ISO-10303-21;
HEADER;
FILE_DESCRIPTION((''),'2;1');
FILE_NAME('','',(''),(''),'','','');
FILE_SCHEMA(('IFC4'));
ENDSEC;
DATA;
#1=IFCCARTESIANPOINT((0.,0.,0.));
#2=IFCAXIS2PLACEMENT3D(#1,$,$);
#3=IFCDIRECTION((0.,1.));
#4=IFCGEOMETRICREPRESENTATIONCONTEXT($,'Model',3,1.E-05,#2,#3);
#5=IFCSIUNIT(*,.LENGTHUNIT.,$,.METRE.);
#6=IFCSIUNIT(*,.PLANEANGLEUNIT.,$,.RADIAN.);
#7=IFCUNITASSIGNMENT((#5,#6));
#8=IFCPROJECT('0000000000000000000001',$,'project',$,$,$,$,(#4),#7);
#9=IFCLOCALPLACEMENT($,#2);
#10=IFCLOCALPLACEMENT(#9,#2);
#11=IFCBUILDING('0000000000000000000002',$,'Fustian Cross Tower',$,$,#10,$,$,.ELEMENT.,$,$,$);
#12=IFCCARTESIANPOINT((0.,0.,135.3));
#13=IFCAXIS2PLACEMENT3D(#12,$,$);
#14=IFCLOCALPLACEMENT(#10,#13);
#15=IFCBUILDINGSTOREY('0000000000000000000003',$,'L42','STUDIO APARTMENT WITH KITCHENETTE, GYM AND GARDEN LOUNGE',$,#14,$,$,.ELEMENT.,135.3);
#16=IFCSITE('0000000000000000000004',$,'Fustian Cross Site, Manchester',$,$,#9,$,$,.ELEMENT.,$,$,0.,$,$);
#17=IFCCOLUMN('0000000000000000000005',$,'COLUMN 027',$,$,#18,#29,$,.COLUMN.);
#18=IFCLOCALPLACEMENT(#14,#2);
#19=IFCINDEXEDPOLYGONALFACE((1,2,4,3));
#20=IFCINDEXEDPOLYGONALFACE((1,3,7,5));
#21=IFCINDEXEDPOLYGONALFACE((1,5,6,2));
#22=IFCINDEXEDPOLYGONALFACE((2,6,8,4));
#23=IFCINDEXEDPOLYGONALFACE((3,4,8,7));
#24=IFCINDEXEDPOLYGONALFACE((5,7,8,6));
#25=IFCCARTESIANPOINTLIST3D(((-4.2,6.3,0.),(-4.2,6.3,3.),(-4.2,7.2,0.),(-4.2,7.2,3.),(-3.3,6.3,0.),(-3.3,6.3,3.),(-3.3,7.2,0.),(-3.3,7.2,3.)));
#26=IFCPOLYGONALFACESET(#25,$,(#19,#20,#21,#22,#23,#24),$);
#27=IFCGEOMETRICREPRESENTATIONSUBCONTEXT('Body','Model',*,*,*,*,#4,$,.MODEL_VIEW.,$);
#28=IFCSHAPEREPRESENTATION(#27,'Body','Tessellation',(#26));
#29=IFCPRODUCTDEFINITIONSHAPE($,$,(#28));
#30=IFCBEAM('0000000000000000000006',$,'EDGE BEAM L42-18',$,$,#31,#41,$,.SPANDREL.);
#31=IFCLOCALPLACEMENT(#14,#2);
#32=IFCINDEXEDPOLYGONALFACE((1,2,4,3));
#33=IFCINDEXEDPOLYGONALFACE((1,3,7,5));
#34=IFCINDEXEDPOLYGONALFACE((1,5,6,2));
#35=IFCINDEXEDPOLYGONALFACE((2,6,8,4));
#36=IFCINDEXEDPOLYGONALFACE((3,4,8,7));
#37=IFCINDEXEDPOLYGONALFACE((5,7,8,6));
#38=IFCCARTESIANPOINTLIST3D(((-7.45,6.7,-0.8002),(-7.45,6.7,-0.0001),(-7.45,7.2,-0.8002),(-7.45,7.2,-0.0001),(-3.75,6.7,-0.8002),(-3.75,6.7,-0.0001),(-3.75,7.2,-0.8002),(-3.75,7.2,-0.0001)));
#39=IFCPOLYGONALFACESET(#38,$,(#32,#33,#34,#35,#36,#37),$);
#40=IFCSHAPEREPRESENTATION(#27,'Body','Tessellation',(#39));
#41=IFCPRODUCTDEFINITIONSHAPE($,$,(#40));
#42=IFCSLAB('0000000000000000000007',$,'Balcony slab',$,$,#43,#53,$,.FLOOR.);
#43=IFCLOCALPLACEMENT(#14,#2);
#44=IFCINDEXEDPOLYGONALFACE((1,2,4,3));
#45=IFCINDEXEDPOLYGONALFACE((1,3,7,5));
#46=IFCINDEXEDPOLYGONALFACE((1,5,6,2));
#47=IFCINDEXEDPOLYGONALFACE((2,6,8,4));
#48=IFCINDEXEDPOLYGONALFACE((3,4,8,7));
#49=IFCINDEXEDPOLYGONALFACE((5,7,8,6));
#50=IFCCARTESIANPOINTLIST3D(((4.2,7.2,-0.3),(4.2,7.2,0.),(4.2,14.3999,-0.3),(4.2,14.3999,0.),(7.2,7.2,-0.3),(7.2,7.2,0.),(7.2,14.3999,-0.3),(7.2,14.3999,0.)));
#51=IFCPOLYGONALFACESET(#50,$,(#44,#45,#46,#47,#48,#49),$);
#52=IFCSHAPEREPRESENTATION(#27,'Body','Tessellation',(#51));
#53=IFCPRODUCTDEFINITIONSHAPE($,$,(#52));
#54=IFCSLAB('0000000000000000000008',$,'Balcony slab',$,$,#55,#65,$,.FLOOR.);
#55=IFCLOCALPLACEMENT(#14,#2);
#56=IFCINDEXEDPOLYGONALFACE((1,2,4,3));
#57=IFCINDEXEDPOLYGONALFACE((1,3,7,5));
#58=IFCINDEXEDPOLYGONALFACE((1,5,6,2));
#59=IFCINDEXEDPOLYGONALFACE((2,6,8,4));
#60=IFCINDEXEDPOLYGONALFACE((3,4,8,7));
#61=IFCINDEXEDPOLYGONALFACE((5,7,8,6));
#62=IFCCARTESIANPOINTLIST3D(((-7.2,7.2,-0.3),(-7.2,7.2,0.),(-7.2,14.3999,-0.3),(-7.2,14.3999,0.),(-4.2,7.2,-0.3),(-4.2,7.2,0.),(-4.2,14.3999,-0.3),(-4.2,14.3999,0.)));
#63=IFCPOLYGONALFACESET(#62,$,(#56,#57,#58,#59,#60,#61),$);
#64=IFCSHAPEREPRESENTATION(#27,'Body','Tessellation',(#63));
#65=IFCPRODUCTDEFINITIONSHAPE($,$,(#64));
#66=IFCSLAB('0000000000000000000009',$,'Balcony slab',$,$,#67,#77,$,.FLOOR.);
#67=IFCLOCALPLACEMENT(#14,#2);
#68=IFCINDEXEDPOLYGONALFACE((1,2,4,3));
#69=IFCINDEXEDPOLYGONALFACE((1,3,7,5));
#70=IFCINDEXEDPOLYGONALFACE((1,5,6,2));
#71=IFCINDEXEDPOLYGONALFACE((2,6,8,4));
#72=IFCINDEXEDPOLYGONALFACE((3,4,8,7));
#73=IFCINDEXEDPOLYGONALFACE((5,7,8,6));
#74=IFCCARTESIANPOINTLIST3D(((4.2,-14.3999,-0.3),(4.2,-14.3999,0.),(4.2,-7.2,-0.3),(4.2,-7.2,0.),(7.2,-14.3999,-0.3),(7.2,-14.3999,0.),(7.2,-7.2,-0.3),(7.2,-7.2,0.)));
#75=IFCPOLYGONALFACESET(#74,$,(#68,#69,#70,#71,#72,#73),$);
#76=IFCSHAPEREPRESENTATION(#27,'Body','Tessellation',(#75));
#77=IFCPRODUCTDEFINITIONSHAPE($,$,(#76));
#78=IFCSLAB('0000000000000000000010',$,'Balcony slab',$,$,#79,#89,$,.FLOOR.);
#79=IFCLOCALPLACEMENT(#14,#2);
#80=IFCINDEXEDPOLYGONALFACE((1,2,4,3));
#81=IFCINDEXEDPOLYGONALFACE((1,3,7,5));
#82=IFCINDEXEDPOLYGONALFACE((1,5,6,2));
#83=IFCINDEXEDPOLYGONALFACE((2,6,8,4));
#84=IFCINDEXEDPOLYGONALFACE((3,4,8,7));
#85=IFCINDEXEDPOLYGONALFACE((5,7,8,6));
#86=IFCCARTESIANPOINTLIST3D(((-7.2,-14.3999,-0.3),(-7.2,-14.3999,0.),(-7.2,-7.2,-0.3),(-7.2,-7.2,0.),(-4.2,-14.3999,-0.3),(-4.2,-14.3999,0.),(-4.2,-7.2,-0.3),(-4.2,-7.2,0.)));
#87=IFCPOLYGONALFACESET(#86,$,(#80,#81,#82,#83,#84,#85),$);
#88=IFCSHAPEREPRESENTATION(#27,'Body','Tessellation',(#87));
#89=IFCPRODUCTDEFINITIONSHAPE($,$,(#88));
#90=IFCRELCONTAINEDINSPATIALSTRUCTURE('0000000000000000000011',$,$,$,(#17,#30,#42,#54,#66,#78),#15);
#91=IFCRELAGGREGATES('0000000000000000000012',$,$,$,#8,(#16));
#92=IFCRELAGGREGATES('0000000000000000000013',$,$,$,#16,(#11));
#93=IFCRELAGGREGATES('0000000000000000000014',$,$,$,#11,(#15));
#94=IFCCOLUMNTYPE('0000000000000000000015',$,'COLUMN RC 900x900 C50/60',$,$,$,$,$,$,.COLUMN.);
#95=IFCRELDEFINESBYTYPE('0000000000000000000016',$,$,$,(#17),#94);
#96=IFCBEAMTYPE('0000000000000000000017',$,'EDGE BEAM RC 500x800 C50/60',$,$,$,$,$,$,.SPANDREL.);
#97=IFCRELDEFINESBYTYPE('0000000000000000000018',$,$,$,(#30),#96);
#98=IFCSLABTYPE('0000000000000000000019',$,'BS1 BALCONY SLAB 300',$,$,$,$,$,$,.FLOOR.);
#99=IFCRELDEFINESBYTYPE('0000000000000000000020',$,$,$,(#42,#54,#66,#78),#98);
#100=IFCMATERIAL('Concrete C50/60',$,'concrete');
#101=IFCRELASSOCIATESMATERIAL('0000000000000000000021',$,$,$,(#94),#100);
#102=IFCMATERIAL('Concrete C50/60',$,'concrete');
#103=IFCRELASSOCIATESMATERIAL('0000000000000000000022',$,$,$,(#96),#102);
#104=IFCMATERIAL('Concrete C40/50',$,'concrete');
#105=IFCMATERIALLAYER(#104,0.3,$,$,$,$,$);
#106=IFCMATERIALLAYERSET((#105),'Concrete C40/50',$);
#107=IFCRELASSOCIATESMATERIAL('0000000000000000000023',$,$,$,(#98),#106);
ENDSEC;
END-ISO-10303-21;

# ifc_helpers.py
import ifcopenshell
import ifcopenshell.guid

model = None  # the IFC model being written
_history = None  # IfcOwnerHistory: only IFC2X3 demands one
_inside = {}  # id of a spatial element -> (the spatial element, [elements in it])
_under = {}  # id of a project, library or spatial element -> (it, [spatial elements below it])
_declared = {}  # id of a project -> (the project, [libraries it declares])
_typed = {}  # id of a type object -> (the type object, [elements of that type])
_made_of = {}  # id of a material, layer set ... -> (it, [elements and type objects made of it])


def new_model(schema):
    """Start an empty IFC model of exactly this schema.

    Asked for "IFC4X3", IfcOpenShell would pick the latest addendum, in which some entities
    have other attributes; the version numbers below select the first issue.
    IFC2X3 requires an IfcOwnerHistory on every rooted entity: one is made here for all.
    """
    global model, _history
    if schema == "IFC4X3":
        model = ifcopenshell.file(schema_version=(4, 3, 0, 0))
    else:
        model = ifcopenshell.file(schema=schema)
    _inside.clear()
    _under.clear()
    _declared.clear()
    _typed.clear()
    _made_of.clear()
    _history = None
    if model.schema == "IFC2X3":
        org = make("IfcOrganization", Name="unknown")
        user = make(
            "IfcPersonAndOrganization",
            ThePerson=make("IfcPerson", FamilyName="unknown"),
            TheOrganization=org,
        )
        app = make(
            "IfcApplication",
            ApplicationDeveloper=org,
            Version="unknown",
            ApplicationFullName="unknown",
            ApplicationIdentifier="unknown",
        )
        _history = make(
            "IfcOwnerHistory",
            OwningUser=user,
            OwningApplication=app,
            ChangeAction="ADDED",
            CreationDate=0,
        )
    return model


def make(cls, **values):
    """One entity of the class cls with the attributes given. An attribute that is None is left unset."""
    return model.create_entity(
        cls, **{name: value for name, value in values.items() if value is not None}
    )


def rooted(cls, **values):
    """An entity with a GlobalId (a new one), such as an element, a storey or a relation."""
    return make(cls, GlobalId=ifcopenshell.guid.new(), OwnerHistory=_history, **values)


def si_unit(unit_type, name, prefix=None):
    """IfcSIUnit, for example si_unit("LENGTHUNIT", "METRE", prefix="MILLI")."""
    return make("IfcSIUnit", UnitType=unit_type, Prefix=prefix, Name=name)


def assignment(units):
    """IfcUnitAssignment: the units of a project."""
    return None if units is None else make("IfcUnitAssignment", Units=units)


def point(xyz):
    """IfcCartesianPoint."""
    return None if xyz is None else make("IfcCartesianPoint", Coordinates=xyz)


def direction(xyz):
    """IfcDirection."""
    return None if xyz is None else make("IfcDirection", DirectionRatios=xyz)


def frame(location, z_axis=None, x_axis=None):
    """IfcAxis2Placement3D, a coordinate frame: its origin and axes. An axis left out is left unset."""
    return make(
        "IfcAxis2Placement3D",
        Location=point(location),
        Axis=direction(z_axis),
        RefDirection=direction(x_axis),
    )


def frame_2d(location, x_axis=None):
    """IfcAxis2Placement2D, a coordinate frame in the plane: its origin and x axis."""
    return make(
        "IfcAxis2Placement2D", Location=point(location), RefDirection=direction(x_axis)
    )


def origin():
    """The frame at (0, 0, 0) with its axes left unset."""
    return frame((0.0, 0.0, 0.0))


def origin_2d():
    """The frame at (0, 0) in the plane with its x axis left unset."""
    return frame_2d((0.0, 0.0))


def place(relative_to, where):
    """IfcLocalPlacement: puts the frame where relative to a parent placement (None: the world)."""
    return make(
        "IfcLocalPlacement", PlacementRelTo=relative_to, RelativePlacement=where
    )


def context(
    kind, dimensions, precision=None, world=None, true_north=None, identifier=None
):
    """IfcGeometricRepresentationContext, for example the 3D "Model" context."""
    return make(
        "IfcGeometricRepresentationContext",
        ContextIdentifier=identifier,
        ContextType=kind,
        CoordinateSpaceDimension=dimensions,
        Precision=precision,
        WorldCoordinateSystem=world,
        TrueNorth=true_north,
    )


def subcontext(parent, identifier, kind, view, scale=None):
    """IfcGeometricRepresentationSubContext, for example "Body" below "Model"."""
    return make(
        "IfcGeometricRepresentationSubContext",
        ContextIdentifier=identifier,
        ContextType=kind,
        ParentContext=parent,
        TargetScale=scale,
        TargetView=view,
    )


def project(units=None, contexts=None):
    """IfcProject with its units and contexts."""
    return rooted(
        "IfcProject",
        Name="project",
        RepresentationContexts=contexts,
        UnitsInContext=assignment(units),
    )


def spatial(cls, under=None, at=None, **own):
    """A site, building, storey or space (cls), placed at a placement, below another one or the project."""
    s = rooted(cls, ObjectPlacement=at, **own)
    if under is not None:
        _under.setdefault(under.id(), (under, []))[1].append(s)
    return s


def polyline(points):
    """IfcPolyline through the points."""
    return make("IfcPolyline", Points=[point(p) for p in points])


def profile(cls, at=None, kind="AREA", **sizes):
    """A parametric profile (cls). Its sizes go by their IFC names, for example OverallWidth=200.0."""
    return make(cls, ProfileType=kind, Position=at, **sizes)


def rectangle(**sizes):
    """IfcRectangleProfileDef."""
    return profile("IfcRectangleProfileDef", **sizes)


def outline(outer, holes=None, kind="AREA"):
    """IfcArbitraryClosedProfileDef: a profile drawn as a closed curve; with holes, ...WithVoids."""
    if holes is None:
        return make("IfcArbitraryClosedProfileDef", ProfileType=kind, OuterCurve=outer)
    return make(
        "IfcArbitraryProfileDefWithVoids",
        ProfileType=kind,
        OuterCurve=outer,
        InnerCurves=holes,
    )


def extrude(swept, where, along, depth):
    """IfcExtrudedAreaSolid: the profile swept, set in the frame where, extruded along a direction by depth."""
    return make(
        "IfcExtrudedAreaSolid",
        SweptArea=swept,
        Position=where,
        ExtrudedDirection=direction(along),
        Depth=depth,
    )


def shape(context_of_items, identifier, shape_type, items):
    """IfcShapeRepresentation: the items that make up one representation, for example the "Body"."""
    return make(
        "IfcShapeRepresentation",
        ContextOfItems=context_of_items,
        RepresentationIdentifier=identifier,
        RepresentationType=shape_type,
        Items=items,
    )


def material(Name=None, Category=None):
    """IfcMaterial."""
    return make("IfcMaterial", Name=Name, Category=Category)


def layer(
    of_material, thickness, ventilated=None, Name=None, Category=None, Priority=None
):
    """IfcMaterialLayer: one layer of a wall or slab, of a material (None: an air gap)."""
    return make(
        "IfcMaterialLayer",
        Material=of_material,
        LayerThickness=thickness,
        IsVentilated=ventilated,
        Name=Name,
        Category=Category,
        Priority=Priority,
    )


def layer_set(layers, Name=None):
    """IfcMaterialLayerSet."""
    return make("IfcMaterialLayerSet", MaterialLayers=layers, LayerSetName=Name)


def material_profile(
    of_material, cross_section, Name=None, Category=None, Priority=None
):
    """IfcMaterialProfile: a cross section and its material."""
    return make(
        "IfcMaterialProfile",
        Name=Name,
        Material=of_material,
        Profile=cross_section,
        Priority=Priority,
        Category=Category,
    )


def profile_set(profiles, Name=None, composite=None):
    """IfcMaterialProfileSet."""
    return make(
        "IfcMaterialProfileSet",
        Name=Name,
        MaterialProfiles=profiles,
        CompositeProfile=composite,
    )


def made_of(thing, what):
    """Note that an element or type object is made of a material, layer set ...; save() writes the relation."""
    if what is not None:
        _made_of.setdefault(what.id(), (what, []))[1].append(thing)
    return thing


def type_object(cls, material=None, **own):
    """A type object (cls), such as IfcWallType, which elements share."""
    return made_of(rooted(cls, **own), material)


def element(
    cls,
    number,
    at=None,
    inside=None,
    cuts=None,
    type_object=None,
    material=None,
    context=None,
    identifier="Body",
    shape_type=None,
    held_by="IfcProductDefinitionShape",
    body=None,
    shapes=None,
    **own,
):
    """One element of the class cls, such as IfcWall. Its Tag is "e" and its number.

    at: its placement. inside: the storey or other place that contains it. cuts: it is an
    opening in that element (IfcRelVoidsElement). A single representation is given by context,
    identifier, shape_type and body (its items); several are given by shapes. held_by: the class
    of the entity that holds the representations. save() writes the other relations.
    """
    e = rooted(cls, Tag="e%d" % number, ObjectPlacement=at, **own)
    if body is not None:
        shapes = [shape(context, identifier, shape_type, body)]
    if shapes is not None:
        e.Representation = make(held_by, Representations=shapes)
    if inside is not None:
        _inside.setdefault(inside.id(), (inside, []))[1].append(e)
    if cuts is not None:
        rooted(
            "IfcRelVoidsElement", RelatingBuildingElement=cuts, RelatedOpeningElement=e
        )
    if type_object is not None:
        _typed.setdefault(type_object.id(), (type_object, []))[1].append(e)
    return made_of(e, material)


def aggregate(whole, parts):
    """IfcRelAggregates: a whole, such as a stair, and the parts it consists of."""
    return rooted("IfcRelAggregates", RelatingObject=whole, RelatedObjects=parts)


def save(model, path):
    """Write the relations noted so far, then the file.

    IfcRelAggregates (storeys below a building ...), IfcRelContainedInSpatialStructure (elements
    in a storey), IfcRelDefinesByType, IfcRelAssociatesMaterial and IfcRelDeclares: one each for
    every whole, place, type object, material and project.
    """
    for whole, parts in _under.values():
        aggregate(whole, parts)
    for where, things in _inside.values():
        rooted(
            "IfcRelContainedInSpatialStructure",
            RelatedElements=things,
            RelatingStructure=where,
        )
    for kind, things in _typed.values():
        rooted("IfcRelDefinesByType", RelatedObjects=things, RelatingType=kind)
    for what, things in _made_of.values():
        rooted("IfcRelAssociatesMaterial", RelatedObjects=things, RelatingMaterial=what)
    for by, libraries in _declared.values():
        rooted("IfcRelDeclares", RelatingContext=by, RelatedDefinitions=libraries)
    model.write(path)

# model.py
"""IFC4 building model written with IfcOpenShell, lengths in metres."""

from ifc_helpers import new_model, si_unit, direction, frame, origin, origin_2d, place, context, subcontext, project, spatial, polyline, rectangle, outline, extrude, material, layer, layer_set, material_profile, profile_set, type_object, element, save


model = new_model("IFC4")

# Units and contexts
model_context = context("Model", 3, precision=1e-05, world=origin(), true_north=direction((0.0, 1.0)))
body_context = subcontext(model_context, "Body", "Model", "MODEL_VIEW")
ifc_project = project(units=[si_unit("LENGTHUNIT", "METRE"), si_unit("PLANEANGLEUNIT", "RADIAN")], contexts=[model_context])

# Site, building, storey
site_placement = place(None, origin())
site = spatial("IfcSite", under=ifc_project, at=site_placement, Name="Fustian Cross Site, Manchester", CompositionType="ELEMENT", RefElevation=0.0)
building_placement = place(site_placement, origin())
building = spatial("IfcBuilding", under=site, at=building_placement, Name="Fustian Cross Tower", CompositionType="ELEMENT")
storey_placement = place(building_placement, frame((0.0, 0.0, 135.3)))
storey = spatial("IfcBuildingStorey", under=building, at=storey_placement, Name="L42", Description="STUDIO APARTMENT WITH KITCHENETTE, GYM AND GARDEN LOUNGE", CompositionType="ELEMENT", Elevation=135.3)

# Column
ifc_material_1 = material(Name="Concrete C50/60", Category="concrete")
ifc_material_profile_1 = material_profile(ifc_material_1, rectangle(XDim=0.8999, YDim=0.8999, at=origin_2d()), Name="RC 900x900")
ifc_profile_set_1 = profile_set([ifc_material_profile_1], Name="Concrete C50/60")
column_type = type_object("IfcColumnType", Name="COLUMN RC 900x900 C50/60", PredefinedType="COLUMN", material=ifc_profile_set_1)
column_placement = place(storey_placement, frame((-3.75, 6.75, 0.0), z_axis=(0.0, 0.0, 1.0), x_axis=(1.0, 0.0, 0.0)))
element("IfcColumn", 1, at=column_placement, inside=storey, type_object=column_type, Name="COLUMN 027", PredefinedType="COLUMN", context=body_context, shape_type="SweptSolid", body=[
    extrude(rectangle(XDim=0.8999, YDim=0.8999, at=origin_2d()), origin(), (0.0, 0.0, 1.0), 3.0),
])

# Beam
ifc_material_2 = material(Name="Concrete C50/60", Category="concrete")
ifc_material_profile_2 = material_profile(ifc_material_2, rectangle(XDim=0.5, YDim=0.8, at=origin_2d()), Name="RC 500x800")
ifc_profile_set_2 = profile_set([ifc_material_profile_2], Name="Concrete C50/60")
beam_type = type_object("IfcBeamType", Name="EDGE BEAM RC 500x800 C50/60", PredefinedType="SPANDREL", material=ifc_profile_set_2)
beam_placement = place(storey_placement, frame((-3.75, 6.95, -0.4001), z_axis=(-1.0, 0.0, 0.0), x_axis=(0.0, -1.0, 0.0)))
element("IfcBeam", 2, at=beam_placement, inside=storey, type_object=beam_type, Name="EDGE BEAM L42-18", PredefinedType="SPANDREL", context=body_context, shape_type="SweptSolid", body=[
    extrude(rectangle(XDim=0.5, YDim=0.8, at=origin_2d()), origin(), (0.0, 0.0, 1.0), 3.7),
])

# Slabs
ifc_material_3 = material(Name="Concrete C40/50", Category="concrete")
ifc_layer_1 = layer(ifc_material_3, 0.3)
ifc_layer_set_1 = layer_set([ifc_layer_1], Name="Concrete C40/50")
slab_type_1 = type_object("IfcSlabType", Name="BS1 BALCONY SLAB 300", PredefinedType="FLOOR", material=ifc_layer_set_1)
slab_1_placement = place(storey_placement, frame((0.0, 0.0, -0.3)))
element("IfcSlab", 3, at=slab_1_placement, inside=storey, type_object=slab_type_1, Name="Balcony slab", PredefinedType="FLOOR", context=body_context, shape_type="SweptSolid", body=[
    extrude(outline(polyline([(4.2, 7.2), (7.2, 7.2), (7.2, 14.3999), (4.2, 14.3999), (4.2, 7.2)])), origin(), (0.0, 0.0, 1.0), 0.3),
])
slab_2_placement = place(storey_placement, frame((0.0, 0.0, -0.3)))
element("IfcSlab", 4, at=slab_2_placement, inside=storey, type_object=slab_type_1, Name="Balcony slab", PredefinedType="FLOOR", context=body_context, shape_type="SweptSolid", body=[
    extrude(outline(polyline([(-7.2, 7.2), (-4.2, 7.2), (-4.2, 14.3999), (-7.2, 14.3999), (-7.2, 7.2)])), origin(), (0.0, 0.0, 1.0), 0.3),
])
slab_3_placement = place(storey_placement, frame((0.0, 0.0, -0.3)))
element("IfcSlab", 5, at=slab_3_placement, inside=storey, type_object=slab_type_1, Name="Balcony slab", PredefinedType="FLOOR", context=body_context, shape_type="SweptSolid", body=[
    extrude(outline(polyline([(4.2, -14.3999), (7.2, -14.3999), (7.2, -7.2), (4.2, -7.2), (4.2, -14.3999)])), origin(), (0.0, 0.0, 1.0), 0.3),
])
slab_4_placement = place(storey_placement, frame((0.0, 0.0, -0.3)))
element("IfcSlab", 6, at=slab_4_placement, inside=storey, type_object=slab_type_1, Name="Balcony slab", PredefinedType="FLOOR", context=body_context, shape_type="SweptSolid", body=[
    extrude(outline(polyline([(-7.2, -14.3999), (-4.2, -14.3999), (-4.2, -7.2), (-7.2, -7.2), (-7.2, -14.3999)])), origin(), (0.0, 0.0, 1.0), 0.3),
])

save(model, "model.ifc")
